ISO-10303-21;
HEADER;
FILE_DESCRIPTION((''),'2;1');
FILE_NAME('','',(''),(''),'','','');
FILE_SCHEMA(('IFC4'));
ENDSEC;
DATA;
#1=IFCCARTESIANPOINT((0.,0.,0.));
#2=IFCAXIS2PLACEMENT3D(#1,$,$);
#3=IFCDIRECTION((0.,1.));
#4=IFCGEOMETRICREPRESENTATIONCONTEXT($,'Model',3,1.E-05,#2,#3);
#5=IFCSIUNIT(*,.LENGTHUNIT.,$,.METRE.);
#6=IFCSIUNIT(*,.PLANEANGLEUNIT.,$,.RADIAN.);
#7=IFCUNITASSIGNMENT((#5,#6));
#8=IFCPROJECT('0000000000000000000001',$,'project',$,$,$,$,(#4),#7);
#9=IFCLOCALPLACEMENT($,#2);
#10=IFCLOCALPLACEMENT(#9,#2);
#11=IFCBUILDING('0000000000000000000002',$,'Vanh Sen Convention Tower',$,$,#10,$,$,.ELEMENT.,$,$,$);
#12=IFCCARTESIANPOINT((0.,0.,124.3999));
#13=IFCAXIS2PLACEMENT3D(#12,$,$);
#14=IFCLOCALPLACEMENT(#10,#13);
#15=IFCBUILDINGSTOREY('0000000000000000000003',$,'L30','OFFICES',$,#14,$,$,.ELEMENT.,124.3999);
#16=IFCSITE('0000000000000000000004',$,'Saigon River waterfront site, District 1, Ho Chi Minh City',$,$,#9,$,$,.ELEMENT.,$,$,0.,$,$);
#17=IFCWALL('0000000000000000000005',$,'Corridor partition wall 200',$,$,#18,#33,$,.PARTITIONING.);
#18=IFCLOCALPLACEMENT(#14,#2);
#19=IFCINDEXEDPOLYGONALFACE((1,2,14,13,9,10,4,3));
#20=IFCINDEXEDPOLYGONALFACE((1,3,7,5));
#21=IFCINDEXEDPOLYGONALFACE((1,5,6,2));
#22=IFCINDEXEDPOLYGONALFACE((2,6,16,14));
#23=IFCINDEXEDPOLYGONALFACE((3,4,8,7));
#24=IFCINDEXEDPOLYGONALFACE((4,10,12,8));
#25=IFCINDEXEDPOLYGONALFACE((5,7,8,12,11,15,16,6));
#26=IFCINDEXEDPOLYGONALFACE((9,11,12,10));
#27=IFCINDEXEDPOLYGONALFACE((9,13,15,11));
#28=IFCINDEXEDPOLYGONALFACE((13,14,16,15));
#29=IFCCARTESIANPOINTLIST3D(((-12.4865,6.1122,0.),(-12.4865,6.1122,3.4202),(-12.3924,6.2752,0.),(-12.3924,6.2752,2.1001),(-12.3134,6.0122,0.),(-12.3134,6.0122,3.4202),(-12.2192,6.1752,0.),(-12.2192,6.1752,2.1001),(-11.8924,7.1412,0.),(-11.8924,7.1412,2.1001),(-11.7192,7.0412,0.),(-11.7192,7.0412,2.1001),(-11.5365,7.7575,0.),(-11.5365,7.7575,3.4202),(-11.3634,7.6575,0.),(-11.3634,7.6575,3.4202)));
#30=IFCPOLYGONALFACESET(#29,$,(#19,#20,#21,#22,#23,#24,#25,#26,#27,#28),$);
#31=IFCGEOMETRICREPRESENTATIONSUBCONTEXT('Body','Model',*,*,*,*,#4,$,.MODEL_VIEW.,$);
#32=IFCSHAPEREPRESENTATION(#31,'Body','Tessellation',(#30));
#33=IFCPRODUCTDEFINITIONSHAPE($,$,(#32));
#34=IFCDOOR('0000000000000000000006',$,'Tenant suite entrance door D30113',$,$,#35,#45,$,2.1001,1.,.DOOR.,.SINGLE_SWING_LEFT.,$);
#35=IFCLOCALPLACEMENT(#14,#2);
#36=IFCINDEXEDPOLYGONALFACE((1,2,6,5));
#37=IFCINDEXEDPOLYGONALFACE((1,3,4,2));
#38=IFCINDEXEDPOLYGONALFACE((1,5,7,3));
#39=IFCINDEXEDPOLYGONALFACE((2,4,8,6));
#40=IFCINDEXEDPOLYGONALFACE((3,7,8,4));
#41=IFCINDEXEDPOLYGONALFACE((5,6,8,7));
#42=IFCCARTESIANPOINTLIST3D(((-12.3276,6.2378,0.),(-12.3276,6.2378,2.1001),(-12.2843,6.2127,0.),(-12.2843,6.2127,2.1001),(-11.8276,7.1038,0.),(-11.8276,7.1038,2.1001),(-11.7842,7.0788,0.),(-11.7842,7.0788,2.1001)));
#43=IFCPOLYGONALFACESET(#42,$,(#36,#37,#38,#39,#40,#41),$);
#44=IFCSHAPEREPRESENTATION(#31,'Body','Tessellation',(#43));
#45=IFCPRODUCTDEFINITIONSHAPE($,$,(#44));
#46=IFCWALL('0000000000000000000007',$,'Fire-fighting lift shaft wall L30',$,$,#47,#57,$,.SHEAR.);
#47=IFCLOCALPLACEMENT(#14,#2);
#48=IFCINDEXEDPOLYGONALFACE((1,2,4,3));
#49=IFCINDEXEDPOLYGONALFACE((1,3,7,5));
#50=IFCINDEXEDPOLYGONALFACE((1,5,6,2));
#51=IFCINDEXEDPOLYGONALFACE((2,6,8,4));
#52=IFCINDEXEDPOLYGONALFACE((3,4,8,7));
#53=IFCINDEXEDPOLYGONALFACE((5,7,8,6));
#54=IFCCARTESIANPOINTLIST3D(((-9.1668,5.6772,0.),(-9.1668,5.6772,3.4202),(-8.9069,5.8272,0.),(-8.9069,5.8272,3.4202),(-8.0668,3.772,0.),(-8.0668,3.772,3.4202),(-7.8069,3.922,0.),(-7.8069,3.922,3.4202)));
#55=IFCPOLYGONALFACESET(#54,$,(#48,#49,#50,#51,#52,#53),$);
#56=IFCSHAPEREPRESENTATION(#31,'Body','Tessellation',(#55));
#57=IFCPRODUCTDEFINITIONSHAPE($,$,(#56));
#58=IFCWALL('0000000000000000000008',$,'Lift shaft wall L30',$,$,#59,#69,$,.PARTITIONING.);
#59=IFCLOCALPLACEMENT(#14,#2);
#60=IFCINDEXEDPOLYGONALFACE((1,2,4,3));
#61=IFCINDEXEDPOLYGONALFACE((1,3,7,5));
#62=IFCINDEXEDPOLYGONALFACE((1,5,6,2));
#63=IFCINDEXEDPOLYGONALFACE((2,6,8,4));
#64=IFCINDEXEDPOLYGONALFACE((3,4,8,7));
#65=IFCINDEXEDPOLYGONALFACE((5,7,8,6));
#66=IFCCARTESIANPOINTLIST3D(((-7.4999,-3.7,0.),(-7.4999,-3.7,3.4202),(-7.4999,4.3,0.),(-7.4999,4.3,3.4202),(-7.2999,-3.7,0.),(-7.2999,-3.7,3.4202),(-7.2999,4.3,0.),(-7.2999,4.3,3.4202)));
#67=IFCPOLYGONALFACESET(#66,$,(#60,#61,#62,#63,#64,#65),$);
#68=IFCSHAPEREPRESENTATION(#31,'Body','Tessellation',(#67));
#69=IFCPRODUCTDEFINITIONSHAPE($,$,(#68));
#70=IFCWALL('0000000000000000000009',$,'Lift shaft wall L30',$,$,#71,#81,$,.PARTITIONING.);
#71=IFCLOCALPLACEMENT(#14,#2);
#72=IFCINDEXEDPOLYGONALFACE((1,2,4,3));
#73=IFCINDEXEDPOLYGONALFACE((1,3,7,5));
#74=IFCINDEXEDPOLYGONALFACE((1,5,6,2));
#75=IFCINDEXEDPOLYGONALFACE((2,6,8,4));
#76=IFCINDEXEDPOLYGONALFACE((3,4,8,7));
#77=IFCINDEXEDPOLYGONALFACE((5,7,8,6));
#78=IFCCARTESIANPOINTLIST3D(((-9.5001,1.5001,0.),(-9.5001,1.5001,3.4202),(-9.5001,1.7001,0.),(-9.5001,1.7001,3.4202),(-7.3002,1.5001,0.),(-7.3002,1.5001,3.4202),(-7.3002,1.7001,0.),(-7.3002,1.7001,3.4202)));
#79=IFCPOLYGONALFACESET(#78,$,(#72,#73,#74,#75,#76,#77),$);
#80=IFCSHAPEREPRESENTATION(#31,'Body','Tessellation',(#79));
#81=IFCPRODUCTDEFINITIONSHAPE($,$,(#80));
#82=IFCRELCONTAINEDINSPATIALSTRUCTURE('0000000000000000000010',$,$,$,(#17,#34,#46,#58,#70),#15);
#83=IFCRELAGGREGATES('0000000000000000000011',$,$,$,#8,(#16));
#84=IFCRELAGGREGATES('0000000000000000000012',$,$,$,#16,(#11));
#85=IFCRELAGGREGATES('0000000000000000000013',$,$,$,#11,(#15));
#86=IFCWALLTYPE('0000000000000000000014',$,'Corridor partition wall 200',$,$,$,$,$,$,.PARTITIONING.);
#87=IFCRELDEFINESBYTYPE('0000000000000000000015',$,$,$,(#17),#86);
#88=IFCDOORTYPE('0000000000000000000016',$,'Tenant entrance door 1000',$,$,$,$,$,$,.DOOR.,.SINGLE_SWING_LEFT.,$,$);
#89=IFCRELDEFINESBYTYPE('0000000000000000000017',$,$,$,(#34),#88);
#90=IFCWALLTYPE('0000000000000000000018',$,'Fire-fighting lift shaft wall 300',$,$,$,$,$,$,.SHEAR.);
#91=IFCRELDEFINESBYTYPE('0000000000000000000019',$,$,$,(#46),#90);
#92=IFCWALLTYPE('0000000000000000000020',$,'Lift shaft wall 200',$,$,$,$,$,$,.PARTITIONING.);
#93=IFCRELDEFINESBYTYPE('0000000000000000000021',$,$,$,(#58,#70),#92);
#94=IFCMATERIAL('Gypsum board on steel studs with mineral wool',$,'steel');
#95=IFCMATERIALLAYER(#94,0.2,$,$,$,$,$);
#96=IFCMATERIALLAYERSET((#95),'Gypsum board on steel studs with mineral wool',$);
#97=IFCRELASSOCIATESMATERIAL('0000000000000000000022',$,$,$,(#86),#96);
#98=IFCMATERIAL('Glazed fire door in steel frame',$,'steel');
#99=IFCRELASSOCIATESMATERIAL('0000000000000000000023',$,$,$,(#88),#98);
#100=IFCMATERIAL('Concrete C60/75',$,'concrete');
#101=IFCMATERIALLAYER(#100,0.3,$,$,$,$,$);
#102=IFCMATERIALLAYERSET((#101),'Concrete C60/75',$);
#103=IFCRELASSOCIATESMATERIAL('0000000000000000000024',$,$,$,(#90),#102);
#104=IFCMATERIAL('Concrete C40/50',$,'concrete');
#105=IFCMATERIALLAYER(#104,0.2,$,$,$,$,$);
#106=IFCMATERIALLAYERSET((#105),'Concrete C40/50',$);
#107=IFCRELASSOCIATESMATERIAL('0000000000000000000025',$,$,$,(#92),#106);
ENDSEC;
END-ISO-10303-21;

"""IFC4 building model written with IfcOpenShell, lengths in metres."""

from ifc_helpers import new_model, si_unit, direction, frame, frame_2d, origin, place, context, subcontext, project, spatial, rectangle, extrude, material, layer, layer_set, type_object, element, fill, save


model = new_model("IFC4")

# Units and contexts
model_context = context("Model", 3, precision=1e-05, world=origin(), true_north=direction((0.0, 1.0)))
body_context = subcontext(model_context, "Body", "Model", "MODEL_VIEW")
ifc_project = project(units=[si_unit("LENGTHUNIT", "METRE"), si_unit("PLANEANGLEUNIT", "RADIAN")], contexts=[model_context])

# Site, building, storey
site_placement = place(None, origin())
site = spatial("IfcSite", under=ifc_project, at=site_placement, Name="Saigon River waterfront site, District 1, Ho Chi Minh City", CompositionType="ELEMENT", RefElevation=0.0)
building_placement = place(site_placement, origin())
building = spatial("IfcBuilding", under=site, at=building_placement, Name="Vanh Sen Convention Tower", CompositionType="ELEMENT")
storey_placement = place(building_placement, frame((0.0, 0.0, 124.3999)))
storey = spatial("IfcBuildingStorey", under=building, at=storey_placement, Name="L30", Description="OFFICES", CompositionType="ELEMENT", Elevation=124.3999)

# Wall, opening, door
ifc_material_1 = material(Name="Gypsum board on steel studs with mineral wool", Category="steel")
ifc_layer_1 = layer(ifc_material_1, 0.2)
ifc_layer_set_1 = layer_set([ifc_layer_1], Name="Gypsum board on steel studs with mineral wool")
wall_type_1 = type_object("IfcWallType", Name="Corridor partition wall 200", PredefinedType="PARTITIONING", material=ifc_layer_set_1)
ifc_material_2 = material(Name="Glazed fire door in steel frame", Category="steel")
door_type_1 = type_object("IfcDoorType", Name="Tenant entrance door 1000", OperationType="SINGLE_SWING_LEFT", PredefinedType="DOOR", material=ifc_material_2)
wall_1_placement = place(storey_placement, frame((-11.45, 7.7075, 0.0), z_axis=(0.0, 0.0, 1.0), x_axis=(-0.500023, -0.866012, 0.0)))
wall_1 = element("IfcWall", 1, at=wall_1_placement, inside=storey, type_object=wall_type_1, Name="Corridor partition wall 200", PredefinedType="PARTITIONING", context=body_context, shape_type="SweptSolid", body=[
    extrude(rectangle(XDim=1.8999, YDim=0.2, at=frame_2d((0.95, 0.0))), origin(), (0.0, 0.0, 1.0), 3.4202),
])
opening_1_placement = place(wall_1_placement, frame((0.7117, 0.0, 0.0)))
opening_1 = element("IfcOpeningElement", 2, at=opening_1_placement, cuts=wall_1, PredefinedType="OPENING", context=body_context, shape_type="SweptSolid", body=[
    extrude(rectangle(XDim=1.0, YDim=2.1001, at=frame_2d((0.5, 1.05))), frame((0.0, 0.1099, 0.0), z_axis=(0.0, -1.0, 0.0), x_axis=(1.0, 0.0, 0.0)), (0.0, 0.0, 1.0), 0.22),
])
door_1_placement = place(opening_1_placement, origin())
door_1 = element("IfcDoor", 3, at=door_1_placement, inside=storey, type_object=door_type_1, Name="Tenant suite entrance door D30113", OperationType="SINGLE_SWING_LEFT", OverallHeight=2.1001, OverallWidth=1.0, PredefinedType="DOOR", context=body_context, shape_type="SweptSolid", body=[
    extrude(rectangle(XDim=1.0, YDim=2.1001, at=frame_2d((0.5, 1.05))), frame((0.0, 0.0249, 0.0), z_axis=(0.0, -1.0, 0.0), x_axis=(1.0, 0.0, 0.0)), (0.0, 0.0, 1.0), 0.05),
])
fill(opening_1, door_1)

# Walls
ifc_material_3 = material(Name="Concrete C60/75", Category="concrete")
ifc_layer_2 = layer(ifc_material_3, 0.3)
ifc_layer_set_2 = layer_set([ifc_layer_2], Name="Concrete C60/75")
wall_type_2 = type_object("IfcWallType", Name="Fire-fighting lift shaft wall 300", PredefinedType="SHEAR", material=ifc_layer_set_2)
wall_2_placement = place(storey_placement, frame((-7.9368, 3.8469, 0.0), z_axis=(0.0, 0.0, 1.0), x_axis=(-0.50003, 0.866008, 0.0)))
element("IfcWall", 4, at=wall_2_placement, inside=storey, type_object=wall_type_2, Name="Fire-fighting lift shaft wall L30", PredefinedType="SHEAR", context=body_context, shape_type="SweptSolid", body=[
    extrude(rectangle(XDim=2.2, YDim=0.3, at=frame_2d((1.1001, 0.0))), origin(), (0.0, 0.0, 1.0), 3.4202),
])
ifc_material_4 = material(Name="Concrete C40/50", Category="concrete")
ifc_layer_3 = layer(ifc_material_4, 0.2)
ifc_layer_set_3 = layer_set([ifc_layer_3], Name="Concrete C40/50")
wall_type_3 = type_object("IfcWallType", Name="Lift shaft wall 200", PredefinedType="PARTITIONING", material=ifc_layer_set_3)
wall_3_placement = place(storey_placement, frame((-7.3999, 4.3, 0.0), z_axis=(0.0, 0.0, 1.0), x_axis=(0.0, -1.0, 0.0)))
element("IfcWall", 5, at=wall_3_placement, inside=storey, type_object=wall_type_3, Name="Lift shaft wall L30", PredefinedType="PARTITIONING", context=body_context, shape_type="SweptSolid", body=[
    extrude(rectangle(XDim=8.0, YDim=0.2, at=frame_2d((4.0, 0.0))), origin(), (0.0, 0.0, 1.0), 3.4202),
])
wall_4_placement = place(storey_placement, frame((-7.3, 1.6001, 0.0), z_axis=(0.0, 0.0, 1.0), x_axis=(-1.0, 0.0, 0.0)))
element("IfcWall", 6, at=wall_4_placement, inside=storey, type_object=wall_type_3, Name="Lift shaft wall L30", PredefinedType="PARTITIONING", context=body_context, shape_type="SweptSolid", body=[
    extrude(rectangle(XDim=2.2, YDim=0.2, at=frame_2d((1.1001, 0.0))), origin(), (0.0, 0.0, 1.0), 3.4202),
])

save(model, "model.ifc")
